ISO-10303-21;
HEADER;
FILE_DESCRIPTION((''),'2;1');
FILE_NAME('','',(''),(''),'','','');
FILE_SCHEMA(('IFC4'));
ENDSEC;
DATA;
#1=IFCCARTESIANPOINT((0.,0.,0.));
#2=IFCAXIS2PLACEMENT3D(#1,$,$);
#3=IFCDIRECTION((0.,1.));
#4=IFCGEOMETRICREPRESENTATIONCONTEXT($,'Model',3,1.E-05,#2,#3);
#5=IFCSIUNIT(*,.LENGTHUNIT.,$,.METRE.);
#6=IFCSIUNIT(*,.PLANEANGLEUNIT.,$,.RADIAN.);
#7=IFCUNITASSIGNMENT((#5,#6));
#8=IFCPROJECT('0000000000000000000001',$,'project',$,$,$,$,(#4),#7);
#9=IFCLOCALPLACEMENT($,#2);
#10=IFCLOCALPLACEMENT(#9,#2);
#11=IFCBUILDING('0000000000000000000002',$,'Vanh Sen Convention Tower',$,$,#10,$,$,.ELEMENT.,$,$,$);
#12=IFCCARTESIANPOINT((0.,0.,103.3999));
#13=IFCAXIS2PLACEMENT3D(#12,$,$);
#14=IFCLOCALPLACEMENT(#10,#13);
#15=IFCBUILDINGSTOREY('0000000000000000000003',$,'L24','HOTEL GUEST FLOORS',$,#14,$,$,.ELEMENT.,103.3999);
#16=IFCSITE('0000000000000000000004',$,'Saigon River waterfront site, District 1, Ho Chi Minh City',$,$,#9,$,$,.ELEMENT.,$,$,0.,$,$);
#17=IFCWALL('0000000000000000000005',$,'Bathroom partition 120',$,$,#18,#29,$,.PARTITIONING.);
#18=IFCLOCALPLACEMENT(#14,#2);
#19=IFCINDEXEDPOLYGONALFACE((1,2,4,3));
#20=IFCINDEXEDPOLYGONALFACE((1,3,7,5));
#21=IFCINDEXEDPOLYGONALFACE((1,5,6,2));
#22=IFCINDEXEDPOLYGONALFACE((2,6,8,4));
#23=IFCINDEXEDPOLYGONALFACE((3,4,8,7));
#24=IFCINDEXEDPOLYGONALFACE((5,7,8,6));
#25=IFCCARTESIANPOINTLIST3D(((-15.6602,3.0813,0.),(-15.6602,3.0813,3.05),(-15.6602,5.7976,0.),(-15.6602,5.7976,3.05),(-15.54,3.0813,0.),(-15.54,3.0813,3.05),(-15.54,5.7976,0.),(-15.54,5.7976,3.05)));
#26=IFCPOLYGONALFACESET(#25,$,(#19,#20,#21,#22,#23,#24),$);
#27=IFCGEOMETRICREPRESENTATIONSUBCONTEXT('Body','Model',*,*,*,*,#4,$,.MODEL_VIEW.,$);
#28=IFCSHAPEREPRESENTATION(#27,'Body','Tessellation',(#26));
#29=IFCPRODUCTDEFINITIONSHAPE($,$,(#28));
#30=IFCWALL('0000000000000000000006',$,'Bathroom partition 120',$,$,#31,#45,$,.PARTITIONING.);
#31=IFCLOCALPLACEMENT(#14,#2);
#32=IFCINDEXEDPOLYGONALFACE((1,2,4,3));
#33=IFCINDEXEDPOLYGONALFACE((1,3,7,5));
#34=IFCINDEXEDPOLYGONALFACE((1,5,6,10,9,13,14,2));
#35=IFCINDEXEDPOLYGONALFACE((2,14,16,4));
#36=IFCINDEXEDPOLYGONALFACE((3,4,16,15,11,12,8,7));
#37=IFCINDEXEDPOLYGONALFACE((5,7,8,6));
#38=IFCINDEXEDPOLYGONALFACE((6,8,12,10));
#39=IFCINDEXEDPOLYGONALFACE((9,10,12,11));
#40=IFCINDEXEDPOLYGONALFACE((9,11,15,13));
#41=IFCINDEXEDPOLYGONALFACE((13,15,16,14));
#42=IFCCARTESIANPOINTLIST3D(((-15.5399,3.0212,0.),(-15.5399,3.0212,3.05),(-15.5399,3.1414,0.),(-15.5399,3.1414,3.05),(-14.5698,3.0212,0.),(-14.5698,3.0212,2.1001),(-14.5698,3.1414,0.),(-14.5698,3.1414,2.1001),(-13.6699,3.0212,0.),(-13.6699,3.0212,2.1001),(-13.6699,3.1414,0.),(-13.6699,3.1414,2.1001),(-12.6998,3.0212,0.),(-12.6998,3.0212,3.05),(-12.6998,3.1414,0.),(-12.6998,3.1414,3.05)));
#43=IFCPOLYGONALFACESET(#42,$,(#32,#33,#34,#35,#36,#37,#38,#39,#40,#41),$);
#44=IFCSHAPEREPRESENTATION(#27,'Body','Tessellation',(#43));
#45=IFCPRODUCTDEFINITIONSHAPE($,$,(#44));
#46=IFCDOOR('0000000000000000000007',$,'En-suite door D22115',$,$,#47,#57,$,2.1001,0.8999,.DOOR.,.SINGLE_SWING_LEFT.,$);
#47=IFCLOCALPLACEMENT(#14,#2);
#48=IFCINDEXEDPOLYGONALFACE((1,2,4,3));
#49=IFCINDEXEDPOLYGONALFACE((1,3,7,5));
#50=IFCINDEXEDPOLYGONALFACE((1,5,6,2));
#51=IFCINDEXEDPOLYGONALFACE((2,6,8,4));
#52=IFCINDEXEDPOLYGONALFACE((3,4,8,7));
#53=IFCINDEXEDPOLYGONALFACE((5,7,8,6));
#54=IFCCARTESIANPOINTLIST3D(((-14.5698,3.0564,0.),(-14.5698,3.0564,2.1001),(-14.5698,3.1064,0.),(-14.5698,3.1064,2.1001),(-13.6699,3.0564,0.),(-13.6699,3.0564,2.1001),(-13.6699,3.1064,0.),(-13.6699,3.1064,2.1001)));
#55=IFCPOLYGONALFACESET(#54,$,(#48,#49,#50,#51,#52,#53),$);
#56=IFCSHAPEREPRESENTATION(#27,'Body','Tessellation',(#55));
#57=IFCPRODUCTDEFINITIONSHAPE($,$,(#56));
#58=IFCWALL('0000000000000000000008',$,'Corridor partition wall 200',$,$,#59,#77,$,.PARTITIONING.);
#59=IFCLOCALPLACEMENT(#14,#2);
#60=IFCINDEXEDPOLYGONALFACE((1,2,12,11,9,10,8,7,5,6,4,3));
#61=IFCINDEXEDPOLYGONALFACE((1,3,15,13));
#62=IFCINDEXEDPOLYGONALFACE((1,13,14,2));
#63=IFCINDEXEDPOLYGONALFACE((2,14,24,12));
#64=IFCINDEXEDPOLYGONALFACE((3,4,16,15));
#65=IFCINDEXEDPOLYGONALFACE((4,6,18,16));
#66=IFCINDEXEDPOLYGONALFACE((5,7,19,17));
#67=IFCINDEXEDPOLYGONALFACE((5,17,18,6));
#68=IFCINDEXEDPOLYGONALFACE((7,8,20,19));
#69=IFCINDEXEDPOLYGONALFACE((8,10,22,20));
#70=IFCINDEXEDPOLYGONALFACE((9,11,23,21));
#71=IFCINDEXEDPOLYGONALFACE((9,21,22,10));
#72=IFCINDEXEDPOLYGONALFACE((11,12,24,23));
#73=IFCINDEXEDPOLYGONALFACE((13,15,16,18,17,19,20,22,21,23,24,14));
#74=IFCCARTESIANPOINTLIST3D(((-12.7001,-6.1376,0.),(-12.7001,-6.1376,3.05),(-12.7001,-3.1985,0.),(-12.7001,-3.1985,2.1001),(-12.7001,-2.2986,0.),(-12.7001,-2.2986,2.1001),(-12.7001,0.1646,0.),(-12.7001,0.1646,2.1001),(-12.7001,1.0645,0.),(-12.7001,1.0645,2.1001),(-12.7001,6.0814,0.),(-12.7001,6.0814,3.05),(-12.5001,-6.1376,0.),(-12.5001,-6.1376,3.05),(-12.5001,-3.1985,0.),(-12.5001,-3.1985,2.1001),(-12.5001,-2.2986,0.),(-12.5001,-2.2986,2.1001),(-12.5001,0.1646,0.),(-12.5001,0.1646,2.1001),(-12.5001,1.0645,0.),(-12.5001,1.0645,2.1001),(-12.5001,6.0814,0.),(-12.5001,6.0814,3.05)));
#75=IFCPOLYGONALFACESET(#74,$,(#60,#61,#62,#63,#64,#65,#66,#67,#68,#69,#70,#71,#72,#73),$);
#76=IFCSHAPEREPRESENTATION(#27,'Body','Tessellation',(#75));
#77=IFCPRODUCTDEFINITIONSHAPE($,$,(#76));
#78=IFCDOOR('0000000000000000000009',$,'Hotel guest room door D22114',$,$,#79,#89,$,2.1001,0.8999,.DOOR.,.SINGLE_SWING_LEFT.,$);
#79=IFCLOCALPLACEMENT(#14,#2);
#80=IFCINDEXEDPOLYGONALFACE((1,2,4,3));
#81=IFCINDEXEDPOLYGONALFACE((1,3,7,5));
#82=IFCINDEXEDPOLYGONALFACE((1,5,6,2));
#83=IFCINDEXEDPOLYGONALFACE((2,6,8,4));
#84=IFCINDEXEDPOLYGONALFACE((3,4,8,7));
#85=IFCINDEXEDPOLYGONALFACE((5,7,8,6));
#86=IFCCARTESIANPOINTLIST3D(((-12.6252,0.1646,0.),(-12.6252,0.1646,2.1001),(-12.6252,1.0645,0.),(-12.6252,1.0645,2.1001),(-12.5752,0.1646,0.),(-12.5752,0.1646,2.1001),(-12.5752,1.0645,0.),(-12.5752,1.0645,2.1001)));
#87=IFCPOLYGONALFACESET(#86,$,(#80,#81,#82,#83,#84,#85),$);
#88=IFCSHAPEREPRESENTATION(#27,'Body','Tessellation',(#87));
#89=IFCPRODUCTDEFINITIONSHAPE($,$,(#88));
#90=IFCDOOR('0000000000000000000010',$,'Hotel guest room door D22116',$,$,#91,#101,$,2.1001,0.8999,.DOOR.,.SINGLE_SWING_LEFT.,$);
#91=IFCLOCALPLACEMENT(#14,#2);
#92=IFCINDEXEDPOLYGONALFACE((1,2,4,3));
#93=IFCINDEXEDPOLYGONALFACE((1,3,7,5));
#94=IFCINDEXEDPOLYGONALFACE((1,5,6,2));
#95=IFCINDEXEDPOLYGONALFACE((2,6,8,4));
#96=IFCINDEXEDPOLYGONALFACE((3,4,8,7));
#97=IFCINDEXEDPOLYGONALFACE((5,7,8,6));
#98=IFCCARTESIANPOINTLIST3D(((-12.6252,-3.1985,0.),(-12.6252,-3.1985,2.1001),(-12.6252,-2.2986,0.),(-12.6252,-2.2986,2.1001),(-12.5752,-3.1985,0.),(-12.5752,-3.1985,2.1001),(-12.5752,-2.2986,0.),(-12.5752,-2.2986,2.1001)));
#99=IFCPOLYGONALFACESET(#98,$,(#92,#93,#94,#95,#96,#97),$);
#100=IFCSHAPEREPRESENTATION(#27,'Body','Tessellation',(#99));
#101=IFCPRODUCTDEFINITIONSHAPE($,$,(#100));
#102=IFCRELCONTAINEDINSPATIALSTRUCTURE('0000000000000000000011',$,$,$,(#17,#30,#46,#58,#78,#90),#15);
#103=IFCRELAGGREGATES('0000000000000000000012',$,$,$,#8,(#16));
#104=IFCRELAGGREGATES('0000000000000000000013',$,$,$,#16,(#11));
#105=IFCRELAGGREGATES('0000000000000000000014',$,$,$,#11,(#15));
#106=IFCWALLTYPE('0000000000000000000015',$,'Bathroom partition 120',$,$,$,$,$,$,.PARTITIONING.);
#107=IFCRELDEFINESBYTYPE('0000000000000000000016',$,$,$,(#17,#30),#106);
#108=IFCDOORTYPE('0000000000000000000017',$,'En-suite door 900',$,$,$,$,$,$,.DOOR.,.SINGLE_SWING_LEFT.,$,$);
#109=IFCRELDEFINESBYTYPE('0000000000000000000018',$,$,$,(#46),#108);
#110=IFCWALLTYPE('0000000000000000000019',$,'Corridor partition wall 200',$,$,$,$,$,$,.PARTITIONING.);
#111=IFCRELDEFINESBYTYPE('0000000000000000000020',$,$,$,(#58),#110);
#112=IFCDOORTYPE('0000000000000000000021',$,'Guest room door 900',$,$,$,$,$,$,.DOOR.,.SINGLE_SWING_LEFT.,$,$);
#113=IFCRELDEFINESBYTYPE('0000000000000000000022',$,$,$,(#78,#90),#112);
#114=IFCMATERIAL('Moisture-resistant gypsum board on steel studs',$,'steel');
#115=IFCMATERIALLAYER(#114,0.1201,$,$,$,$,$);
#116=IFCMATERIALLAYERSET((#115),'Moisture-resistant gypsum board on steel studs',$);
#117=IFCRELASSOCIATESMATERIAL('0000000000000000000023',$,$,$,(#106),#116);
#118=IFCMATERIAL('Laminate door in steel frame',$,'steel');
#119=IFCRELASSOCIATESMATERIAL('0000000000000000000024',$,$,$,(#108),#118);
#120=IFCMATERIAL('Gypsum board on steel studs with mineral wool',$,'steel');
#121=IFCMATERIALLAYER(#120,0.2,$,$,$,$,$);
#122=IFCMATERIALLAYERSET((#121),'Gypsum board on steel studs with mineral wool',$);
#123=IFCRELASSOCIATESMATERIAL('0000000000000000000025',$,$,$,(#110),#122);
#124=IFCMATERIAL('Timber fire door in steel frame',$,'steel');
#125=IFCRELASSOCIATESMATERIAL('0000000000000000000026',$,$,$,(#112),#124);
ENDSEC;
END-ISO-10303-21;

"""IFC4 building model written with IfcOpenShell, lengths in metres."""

from ifc_helpers import new_model, si_unit, direction, frame, frame_2d, origin, place, context, subcontext, project, spatial, rectangle, extrude, material, layer, layer_set, type_object, element, fill, save


model = new_model("IFC4")

# Units and contexts
model_context = context("Model", 3, precision=1e-05, world=origin(), true_north=direction((0.0, 1.0)))
body_context = subcontext(model_context, "Body", "Model", "MODEL_VIEW")
ifc_project = project(units=[si_unit("LENGTHUNIT", "METRE"), si_unit("PLANEANGLEUNIT", "RADIAN")], contexts=[model_context])

# Site, building, storey
site_placement = place(None, origin())
site = spatial("IfcSite", under=ifc_project, at=site_placement, Name="Saigon River waterfront site, District 1, Ho Chi Minh City", CompositionType="ELEMENT", RefElevation=0.0)
building_placement = place(site_placement, origin())
building = spatial("IfcBuilding", under=site, at=building_placement, Name="Vanh Sen Convention Tower", CompositionType="ELEMENT")
storey_placement = place(building_placement, frame((0.0, 0.0, 103.3999)))
storey = spatial("IfcBuildingStorey", under=building, at=storey_placement, Name="L24", Description="HOTEL GUEST FLOORS", CompositionType="ELEMENT", Elevation=103.3999)

# Wall
ifc_material_1 = material(Name="Moisture-resistant gypsum board on steel studs", Category="steel")
ifc_layer_1 = layer(ifc_material_1, 0.1201)
ifc_layer_set_1 = layer_set([ifc_layer_1], Name="Moisture-resistant gypsum board on steel studs")
wall_type_1 = type_object("IfcWallType", Name="Bathroom partition 120", PredefinedType="PARTITIONING", material=ifc_layer_set_1)
wall_1_placement = place(storey_placement, frame((-15.6001, 3.0813, 0.0), z_axis=(0.0, 0.0, 1.0), x_axis=(0.0, 1.0, 0.0)))
element("IfcWall", 1, at=wall_1_placement, inside=storey, type_object=wall_type_1, Name="Bathroom partition 120", PredefinedType="PARTITIONING", context=body_context, shape_type="SweptSolid", body=[
    extrude(rectangle(XDim=2.7163, YDim=0.1201, at=frame_2d((1.3582, 0.0))), origin(), (0.0, 0.0, 1.0), 3.05),
])

# Wall, opening, door
wall_2_placement = place(storey_placement, frame((-12.7, 3.0813, 0.0), z_axis=(0.0, 0.0, 1.0), x_axis=(-1.0, 0.0, 0.0)))
wall_2 = element("IfcWall", 2, at=wall_2_placement, inside=storey, type_object=wall_type_1, Name="Bathroom partition 120", PredefinedType="PARTITIONING", context=body_context, shape_type="SweptSolid", body=[
    extrude(rectangle(XDim=2.8401, YDim=0.1201, at=frame_2d((1.4199, 0.0))), origin(), (0.0, 0.0, 1.0), 3.05),
])
opening_1_placement = place(wall_2_placement, frame((0.97, 0.0, 0.0)))
opening_1 = element("IfcOpeningElement", 3, at=opening_1_placement, cuts=wall_2, PredefinedType="OPENING", context=body_context, shape_type="SweptSolid", body=[
    extrude(rectangle(XDim=0.8999, YDim=2.1001, at=frame_2d((0.45, 1.05))), frame((0.0, 0.0701, 0.0), z_axis=(0.0, -1.0, 0.0), x_axis=(1.0, 0.0, 0.0)), (0.0, 0.0, 1.0), 0.1401),
])
ifc_material_2 = material(Name="Laminate door in steel frame", Category="steel")
door_type_1 = type_object("IfcDoorType", Name="En-suite door 900", OperationType="SINGLE_SWING_LEFT", PredefinedType="DOOR", material=ifc_material_2)
door_1_placement = place(opening_1_placement, origin())
door_1 = element("IfcDoor", 4, at=door_1_placement, inside=storey, type_object=door_type_1, Name="En-suite door D22115", OperationType="SINGLE_SWING_LEFT", OverallHeight=2.1001, OverallWidth=0.8999, PredefinedType="DOOR", context=body_context, shape_type="SweptSolid", body=[
    extrude(rectangle(XDim=0.8999, YDim=2.1001, at=frame_2d((0.45, 1.05))), frame((0.0, 0.0249, 0.0), z_axis=(0.0, -1.0, 0.0), x_axis=(1.0, 0.0, 0.0)), (0.0, 0.0, 1.0), 0.05),
])
fill(opening_1, door_1)

# Wall, openings, doors
ifc_material_3 = material(Name="Gypsum board on steel studs with mineral wool", Category="steel")
ifc_layer_2 = layer(ifc_material_3, 0.2)
ifc_layer_set_2 = layer_set([ifc_layer_2], Name="Gypsum board on steel studs with mineral wool")
wall_type_2 = type_object("IfcWallType", Name="Corridor partition wall 200", PredefinedType="PARTITIONING", material=ifc_layer_set_2)
wall_3_placement = place(storey_placement, frame((-12.6001, 6.0813, 0.0), z_axis=(0.0, 0.0, 1.0), x_axis=(0.0, -1.0, 0.0)))
wall_3 = element("IfcWall", 5, at=wall_3_placement, inside=storey, type_object=wall_type_2, Name="Corridor partition wall 200", PredefinedType="PARTITIONING", context=body_context, shape_type="SweptSolid", body=[
    extrude(rectangle(XDim=12.219, YDim=0.2, at=frame_2d((6.1094, 0.0))), origin(), (0.0, 0.0, 1.0), 3.05),
])
opening_2_placement = place(wall_3_placement, frame((5.0168, 0.0, 0.0)))
opening_2 = element("IfcOpeningElement", 6, at=opening_2_placement, cuts=wall_3, PredefinedType="OPENING", context=body_context, shape_type="SweptSolid", body=[
    extrude(rectangle(XDim=0.8999, YDim=2.1001, at=frame_2d((0.45, 1.05))), frame((0.0, 0.1099, 0.0), z_axis=(0.0, -1.0, 0.0), x_axis=(1.0, 0.0, 0.0)), (0.0, 0.0, 1.0), 0.22),
])
opening_3_placement = place(wall_3_placement, frame((8.3799, 0.0, 0.0)))
opening_3 = element("IfcOpeningElement", 7, at=opening_3_placement, cuts=wall_3, PredefinedType="OPENING", context=body_context, shape_type="SweptSolid", body=[
    extrude(rectangle(XDim=0.8999, YDim=2.1001, at=frame_2d((0.45, 1.05))), frame((0.0, 0.1099, 0.0), z_axis=(0.0, -1.0, 0.0), x_axis=(1.0, 0.0, 0.0)), (0.0, 0.0, 1.0), 0.22),
])
ifc_material_4 = material(Name="Timber fire door in steel frame", Category="steel")
door_type_2 = type_object("IfcDoorType", Name="Guest room door 900", OperationType="SINGLE_SWING_LEFT", PredefinedType="DOOR", material=ifc_material_4)
door_2_placement = place(opening_2_placement, origin())
door_2 = element("IfcDoor", 8, at=door_2_placement, inside=storey, type_object=door_type_2, Name="Hotel guest room door D22114", OperationType="SINGLE_SWING_LEFT", OverallHeight=2.1001, OverallWidth=0.8999, PredefinedType="DOOR", context=body_context, shape_type="SweptSolid", body=[
    extrude(rectangle(XDim=0.8999, YDim=2.1001, at=frame_2d((0.45, 1.05))), frame((0.0, 0.0249, 0.0), z_axis=(0.0, -1.0, 0.0), x_axis=(1.0, 0.0, 0.0)), (0.0, 0.0, 1.0), 0.05),
])
fill(opening_2, door_2)
door_3_placement = place(opening_3_placement, origin())
door_3 = element("IfcDoor", 9, at=door_3_placement, inside=storey, type_object=door_type_2, Name="Hotel guest room door D22116", OperationType="SINGLE_SWING_LEFT", OverallHeight=2.1001, OverallWidth=0.8999, PredefinedType="DOOR", context=body_context, shape_type="SweptSolid", body=[
    extrude(rectangle(XDim=0.8999, YDim=2.1001, at=frame_2d((0.45, 1.05))), frame((0.0, 0.0249, 0.0), z_axis=(0.0, -1.0, 0.0), x_axis=(1.0, 0.0, 0.0)), (0.0, 0.0, 1.0), 0.05),
])
fill(opening_3, door_3)

save(model, "model.ifc")
